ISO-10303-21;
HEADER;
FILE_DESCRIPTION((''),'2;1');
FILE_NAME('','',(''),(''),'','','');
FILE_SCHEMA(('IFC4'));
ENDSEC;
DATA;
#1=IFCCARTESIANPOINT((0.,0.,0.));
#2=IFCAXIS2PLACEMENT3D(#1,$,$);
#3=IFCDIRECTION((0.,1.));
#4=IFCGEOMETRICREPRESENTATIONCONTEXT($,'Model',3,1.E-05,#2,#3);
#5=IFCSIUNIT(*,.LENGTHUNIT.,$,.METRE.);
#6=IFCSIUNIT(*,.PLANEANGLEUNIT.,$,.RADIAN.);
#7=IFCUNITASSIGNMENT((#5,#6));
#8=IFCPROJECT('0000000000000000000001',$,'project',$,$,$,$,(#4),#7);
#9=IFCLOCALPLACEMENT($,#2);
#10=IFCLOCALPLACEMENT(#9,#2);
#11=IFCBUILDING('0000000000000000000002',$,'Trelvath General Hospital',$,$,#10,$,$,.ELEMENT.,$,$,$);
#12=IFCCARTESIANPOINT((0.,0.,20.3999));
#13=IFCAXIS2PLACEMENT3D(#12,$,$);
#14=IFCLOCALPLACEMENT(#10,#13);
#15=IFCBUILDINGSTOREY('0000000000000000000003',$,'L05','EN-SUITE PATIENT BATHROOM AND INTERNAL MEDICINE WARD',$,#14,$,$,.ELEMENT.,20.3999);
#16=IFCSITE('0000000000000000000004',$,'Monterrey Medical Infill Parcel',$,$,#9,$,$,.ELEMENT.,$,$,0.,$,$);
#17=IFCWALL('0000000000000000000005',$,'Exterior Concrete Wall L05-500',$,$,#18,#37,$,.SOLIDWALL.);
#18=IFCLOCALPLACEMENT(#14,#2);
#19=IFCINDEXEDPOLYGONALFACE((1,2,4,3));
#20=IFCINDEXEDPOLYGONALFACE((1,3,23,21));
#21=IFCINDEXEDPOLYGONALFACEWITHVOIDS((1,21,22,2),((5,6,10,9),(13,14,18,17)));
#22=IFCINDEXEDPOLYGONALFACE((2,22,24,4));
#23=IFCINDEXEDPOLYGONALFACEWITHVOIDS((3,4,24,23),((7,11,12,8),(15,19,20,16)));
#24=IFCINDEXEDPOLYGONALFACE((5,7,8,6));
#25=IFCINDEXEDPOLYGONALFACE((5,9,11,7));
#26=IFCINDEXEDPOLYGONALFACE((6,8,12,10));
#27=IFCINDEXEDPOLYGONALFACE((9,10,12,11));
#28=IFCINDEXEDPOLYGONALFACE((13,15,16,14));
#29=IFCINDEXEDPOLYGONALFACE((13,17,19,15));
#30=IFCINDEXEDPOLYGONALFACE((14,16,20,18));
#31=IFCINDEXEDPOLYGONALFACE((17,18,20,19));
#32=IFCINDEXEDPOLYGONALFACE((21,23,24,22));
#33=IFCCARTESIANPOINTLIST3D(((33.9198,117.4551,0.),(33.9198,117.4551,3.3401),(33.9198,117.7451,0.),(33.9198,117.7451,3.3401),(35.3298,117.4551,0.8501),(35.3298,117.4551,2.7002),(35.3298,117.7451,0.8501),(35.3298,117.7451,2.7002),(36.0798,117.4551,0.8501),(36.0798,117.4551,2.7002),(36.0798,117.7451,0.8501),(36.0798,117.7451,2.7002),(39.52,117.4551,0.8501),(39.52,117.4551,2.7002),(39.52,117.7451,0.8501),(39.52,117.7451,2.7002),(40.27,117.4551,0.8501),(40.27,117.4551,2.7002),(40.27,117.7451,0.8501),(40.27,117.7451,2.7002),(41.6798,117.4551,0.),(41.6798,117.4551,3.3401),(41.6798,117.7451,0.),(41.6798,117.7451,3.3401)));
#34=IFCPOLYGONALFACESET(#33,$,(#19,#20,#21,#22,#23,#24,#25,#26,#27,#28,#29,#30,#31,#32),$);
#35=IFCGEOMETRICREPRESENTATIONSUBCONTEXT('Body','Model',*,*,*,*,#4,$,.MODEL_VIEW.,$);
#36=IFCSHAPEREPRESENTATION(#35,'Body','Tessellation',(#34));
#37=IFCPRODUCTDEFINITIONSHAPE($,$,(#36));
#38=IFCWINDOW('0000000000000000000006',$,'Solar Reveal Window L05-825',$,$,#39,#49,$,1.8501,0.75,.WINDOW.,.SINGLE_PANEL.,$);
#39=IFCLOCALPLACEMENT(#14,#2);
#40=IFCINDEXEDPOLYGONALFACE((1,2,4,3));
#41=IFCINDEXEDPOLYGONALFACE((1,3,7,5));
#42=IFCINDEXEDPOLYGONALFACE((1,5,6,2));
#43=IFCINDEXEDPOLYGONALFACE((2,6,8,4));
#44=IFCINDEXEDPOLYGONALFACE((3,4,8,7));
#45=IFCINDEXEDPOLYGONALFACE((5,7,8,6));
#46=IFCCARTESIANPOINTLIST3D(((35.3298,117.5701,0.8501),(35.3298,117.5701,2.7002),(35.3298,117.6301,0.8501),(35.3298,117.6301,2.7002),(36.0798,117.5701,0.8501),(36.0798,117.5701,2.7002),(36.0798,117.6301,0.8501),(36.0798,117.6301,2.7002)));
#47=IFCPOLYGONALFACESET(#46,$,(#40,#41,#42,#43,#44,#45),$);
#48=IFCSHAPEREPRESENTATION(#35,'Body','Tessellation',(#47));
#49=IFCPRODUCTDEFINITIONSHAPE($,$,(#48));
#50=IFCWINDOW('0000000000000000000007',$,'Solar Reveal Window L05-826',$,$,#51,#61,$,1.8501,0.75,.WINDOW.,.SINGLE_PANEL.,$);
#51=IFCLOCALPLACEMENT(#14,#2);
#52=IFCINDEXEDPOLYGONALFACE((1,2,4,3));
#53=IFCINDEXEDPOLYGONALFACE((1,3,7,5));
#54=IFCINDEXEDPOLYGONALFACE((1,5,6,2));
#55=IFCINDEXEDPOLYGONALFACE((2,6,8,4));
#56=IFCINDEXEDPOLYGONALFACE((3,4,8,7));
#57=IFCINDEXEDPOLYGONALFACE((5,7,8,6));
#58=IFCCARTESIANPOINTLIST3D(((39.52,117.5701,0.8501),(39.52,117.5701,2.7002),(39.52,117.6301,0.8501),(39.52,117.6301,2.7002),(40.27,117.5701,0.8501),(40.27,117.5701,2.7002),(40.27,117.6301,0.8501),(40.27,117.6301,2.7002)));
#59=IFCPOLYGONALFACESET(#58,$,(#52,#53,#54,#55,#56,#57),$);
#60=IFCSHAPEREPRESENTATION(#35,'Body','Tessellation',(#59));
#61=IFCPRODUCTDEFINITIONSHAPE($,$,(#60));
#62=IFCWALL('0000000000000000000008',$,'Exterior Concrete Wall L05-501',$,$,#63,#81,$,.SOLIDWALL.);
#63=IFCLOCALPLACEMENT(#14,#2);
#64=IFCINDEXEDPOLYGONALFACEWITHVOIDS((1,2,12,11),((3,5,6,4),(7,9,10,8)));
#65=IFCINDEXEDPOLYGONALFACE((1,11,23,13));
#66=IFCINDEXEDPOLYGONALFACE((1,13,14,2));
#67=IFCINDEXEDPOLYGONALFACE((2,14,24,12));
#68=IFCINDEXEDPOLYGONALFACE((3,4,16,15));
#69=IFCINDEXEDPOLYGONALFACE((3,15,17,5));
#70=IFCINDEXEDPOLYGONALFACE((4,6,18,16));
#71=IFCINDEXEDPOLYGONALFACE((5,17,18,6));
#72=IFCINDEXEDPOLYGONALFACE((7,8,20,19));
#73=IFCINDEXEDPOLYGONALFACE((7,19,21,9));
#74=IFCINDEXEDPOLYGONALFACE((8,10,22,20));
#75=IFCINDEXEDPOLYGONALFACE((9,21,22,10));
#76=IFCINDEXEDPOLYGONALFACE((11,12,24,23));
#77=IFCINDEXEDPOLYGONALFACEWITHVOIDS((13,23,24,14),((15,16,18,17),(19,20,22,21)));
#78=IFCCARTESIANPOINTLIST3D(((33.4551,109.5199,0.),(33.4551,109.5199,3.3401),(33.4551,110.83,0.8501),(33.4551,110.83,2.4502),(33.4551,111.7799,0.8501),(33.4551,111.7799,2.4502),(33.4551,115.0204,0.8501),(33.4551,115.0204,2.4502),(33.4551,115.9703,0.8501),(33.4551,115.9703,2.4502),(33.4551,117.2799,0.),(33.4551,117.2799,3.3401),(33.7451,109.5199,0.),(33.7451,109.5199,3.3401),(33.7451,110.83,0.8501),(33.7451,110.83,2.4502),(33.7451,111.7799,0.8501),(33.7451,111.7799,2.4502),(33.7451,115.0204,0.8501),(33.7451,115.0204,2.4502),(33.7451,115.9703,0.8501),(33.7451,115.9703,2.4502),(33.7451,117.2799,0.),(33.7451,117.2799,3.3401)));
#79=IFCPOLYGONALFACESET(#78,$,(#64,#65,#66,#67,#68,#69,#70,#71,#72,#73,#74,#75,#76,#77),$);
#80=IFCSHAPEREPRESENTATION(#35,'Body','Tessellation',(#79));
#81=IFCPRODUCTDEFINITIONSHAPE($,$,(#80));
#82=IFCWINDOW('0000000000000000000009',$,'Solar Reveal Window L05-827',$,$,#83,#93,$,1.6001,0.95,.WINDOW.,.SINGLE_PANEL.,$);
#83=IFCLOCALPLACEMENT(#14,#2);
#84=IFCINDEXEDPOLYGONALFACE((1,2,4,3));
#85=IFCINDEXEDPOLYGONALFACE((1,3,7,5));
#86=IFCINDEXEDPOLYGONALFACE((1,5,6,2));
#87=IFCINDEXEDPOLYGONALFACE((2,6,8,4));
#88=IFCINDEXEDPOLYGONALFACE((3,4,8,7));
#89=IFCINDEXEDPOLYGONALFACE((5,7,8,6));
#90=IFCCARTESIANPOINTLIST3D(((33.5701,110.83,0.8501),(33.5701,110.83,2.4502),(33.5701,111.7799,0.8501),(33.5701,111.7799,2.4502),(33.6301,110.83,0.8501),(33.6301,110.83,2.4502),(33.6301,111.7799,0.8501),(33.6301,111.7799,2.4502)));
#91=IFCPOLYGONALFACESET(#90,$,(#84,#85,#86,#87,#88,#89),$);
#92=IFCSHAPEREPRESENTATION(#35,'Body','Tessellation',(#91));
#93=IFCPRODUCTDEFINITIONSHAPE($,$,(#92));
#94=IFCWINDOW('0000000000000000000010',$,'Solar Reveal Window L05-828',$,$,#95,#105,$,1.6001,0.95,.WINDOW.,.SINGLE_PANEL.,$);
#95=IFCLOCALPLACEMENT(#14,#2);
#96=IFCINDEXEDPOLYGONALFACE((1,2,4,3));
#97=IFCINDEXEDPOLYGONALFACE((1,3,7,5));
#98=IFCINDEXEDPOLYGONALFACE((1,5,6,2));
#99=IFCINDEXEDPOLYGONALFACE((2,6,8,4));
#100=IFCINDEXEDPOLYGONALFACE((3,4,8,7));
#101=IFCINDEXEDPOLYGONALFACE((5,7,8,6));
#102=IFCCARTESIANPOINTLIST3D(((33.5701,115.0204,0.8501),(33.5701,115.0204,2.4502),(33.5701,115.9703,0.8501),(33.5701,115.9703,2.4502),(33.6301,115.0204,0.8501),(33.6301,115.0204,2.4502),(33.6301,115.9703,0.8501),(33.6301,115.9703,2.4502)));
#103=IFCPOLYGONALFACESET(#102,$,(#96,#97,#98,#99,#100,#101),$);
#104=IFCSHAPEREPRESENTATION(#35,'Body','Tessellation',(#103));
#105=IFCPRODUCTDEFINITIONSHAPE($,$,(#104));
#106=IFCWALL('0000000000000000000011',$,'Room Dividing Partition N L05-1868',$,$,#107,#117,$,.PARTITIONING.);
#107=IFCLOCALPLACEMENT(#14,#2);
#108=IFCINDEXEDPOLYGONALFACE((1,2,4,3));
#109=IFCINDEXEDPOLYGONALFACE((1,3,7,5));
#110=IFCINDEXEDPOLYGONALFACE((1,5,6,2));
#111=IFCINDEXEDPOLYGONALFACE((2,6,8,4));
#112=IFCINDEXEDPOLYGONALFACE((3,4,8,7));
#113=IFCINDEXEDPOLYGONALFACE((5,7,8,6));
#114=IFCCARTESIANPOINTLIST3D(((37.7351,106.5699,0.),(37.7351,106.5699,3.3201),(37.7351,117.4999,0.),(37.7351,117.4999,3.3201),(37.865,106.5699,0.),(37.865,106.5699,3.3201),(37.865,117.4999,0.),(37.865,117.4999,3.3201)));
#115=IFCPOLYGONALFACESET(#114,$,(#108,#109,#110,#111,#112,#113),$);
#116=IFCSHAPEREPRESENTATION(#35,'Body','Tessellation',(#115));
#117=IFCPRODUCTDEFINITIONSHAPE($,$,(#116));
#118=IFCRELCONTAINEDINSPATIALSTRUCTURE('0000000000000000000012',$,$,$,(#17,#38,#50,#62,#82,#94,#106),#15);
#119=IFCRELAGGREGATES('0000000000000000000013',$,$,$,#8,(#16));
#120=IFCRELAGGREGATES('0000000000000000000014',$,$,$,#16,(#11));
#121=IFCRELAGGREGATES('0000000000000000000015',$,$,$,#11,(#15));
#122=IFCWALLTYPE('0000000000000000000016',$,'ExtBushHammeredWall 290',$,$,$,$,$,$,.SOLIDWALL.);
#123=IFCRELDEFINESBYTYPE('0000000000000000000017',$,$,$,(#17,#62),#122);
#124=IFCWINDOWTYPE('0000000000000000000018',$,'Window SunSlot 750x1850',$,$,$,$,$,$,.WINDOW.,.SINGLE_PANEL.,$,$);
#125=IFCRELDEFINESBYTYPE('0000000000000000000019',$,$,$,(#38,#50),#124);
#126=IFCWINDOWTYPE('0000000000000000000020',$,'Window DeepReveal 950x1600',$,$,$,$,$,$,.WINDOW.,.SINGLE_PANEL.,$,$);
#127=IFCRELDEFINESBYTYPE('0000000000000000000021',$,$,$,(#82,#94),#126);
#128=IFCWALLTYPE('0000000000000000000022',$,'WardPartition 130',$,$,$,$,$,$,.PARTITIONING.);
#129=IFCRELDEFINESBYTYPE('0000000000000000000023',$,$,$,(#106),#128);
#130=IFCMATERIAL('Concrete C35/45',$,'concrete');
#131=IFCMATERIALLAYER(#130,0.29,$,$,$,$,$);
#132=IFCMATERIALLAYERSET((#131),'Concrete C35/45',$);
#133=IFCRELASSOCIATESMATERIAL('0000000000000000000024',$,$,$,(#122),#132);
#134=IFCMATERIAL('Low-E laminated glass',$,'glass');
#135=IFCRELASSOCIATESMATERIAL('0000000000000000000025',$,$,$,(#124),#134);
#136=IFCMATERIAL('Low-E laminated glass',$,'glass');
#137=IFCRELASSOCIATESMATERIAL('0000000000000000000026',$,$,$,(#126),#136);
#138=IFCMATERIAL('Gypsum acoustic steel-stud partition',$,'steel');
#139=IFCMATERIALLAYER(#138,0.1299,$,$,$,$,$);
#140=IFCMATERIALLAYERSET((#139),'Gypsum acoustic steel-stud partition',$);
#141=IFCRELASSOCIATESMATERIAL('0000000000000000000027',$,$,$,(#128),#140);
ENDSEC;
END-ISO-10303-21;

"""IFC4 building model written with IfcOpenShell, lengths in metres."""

from ifc_helpers import new_model, si_unit, direction, frame, frame_2d, origin, place, context, subcontext, project, spatial, rectangle, extrude, material, layer, layer_set, type_object, element, fill, save


model = new_model("IFC4")

# Units and contexts
model_context = context("Model", 3, precision=1e-05, world=origin(), true_north=direction((0.0, 1.0)))
body_context = subcontext(model_context, "Body", "Model", "MODEL_VIEW")
ifc_project = project(units=[si_unit("LENGTHUNIT", "METRE"), si_unit("PLANEANGLEUNIT", "RADIAN")], contexts=[model_context])

# Site, building, storey
site_placement = place(None, origin())
site = spatial("IfcSite", under=ifc_project, at=site_placement, Name="Monterrey Medical Infill Parcel", CompositionType="ELEMENT", RefElevation=0.0)
building_placement = place(site_placement, origin())
building = spatial("IfcBuilding", under=site, at=building_placement, Name="Trelvath General Hospital", CompositionType="ELEMENT")
storey_placement = place(building_placement, frame((0.0, 0.0, 20.3999)))
storey = spatial("IfcBuildingStorey", under=building, at=storey_placement, Name="L05", Description="EN-SUITE PATIENT BATHROOM AND INTERNAL MEDICINE WARD", CompositionType="ELEMENT", Elevation=20.3999)

# Walls, openings, windows
ifc_material_1 = material(Name="Concrete C35/45", Category="concrete")
ifc_layer_1 = layer(ifc_material_1, 0.29)
ifc_layer_set_1 = layer_set([ifc_layer_1], Name="Concrete C35/45")
wall_type_1 = type_object("IfcWallType", Name="ExtBushHammeredWall 290", PredefinedType="SOLIDWALL", material=ifc_layer_set_1)
wall_1_placement = place(storey_placement, frame((33.9199, 117.6001, 0.0), z_axis=(0.0, 0.0, 1.0), x_axis=(1.0, 0.0, 0.0)))
wall_1 = element("IfcWall", 1, at=wall_1_placement, inside=storey, type_object=wall_type_1, Name="Exterior Concrete Wall L05-500", PredefinedType="SOLIDWALL", context=body_context, shape_type="SweptSolid", body=[
    extrude(rectangle(XDim=7.76, YDim=0.29, at=frame_2d((3.8799, 0.0))), origin(), (0.0, 0.0, 1.0), 3.3401),
])
opening_1_placement = place(wall_1_placement, frame((1.4099, 0.0, 0.8501)))
opening_1 = element("IfcOpeningElement", 2, at=opening_1_placement, cuts=wall_1, PredefinedType="OPENING", context=body_context, shape_type="SweptSolid", body=[
    extrude(rectangle(XDim=0.75, YDim=1.8501, at=frame_2d((0.375, 0.925))), frame((0.0, 0.155, 0.0), z_axis=(0.0, -1.0, 0.0), x_axis=(1.0, 0.0, 0.0)), (0.0, 0.0, 1.0), 0.3101),
])
opening_2_placement = place(wall_1_placement, frame((5.6001, 0.0, 0.8501)))
opening_2 = element("IfcOpeningElement", 3, at=opening_2_placement, cuts=wall_1, PredefinedType="OPENING", context=body_context, shape_type="SweptSolid", body=[
    extrude(rectangle(XDim=0.75, YDim=1.8501, at=frame_2d((0.375, 0.925))), frame((0.0, 0.155, 0.0), z_axis=(0.0, -1.0, 0.0), x_axis=(1.0, 0.0, 0.0)), (0.0, 0.0, 1.0), 0.3101),
])
ifc_material_2 = material(Name="Low-E laminated glass", Category="glass")
window_type_1 = type_object("IfcWindowType", Name="Window SunSlot 750x1850", PartitioningType="SINGLE_PANEL", PredefinedType="WINDOW", material=ifc_material_2)
window_1_placement = place(opening_1_placement, origin())
window_1 = element("IfcWindow", 4, at=window_1_placement, inside=storey, type_object=window_type_1, Name="Solar Reveal Window L05-825", OverallHeight=1.8501, OverallWidth=0.75, PartitioningType="SINGLE_PANEL", PredefinedType="WINDOW", context=body_context, shape_type="SweptSolid", body=[
    extrude(rectangle(XDim=0.75, YDim=1.8501, at=frame_2d((0.375, 0.925))), frame((0.0, 0.03, 0.0), z_axis=(0.0, -1.0, 0.0), x_axis=(1.0, 0.0, 0.0)), (0.0, 0.0, 1.0), 0.0601),
])
fill(opening_1, window_1)
window_2_placement = place(opening_2_placement, origin())
window_2 = element("IfcWindow", 5, at=window_2_placement, inside=storey, type_object=window_type_1, Name="Solar Reveal Window L05-826", OverallHeight=1.8501, OverallWidth=0.75, PartitioningType="SINGLE_PANEL", PredefinedType="WINDOW", context=body_context, shape_type="SweptSolid", body=[
    extrude(rectangle(XDim=0.75, YDim=1.8501, at=frame_2d((0.375, 0.925))), frame((0.0, 0.03, 0.0), z_axis=(0.0, -1.0, 0.0), x_axis=(1.0, 0.0, 0.0)), (0.0, 0.0, 1.0), 0.0601),
])
fill(opening_2, window_2)
wall_2_placement = place(storey_placement, frame((33.6001, 109.52, 0.0), z_axis=(0.0, 0.0, 1.0), x_axis=(0.0, 1.0, 0.0)))
wall_2 = element("IfcWall", 6, at=wall_2_placement, inside=storey, type_object=wall_type_1, Name="Exterior Concrete Wall L05-501", PredefinedType="SOLIDWALL", context=body_context, shape_type="SweptSolid", body=[
    extrude(rectangle(XDim=7.76, YDim=0.29, at=frame_2d((3.8799, 0.0))), origin(), (0.0, 0.0, 1.0), 3.3401),
])
opening_3_placement = place(wall_2_placement, frame((1.3098, 0.0, 0.8501)))
opening_3 = element("IfcOpeningElement", 7, at=opening_3_placement, cuts=wall_2, PredefinedType="OPENING", context=body_context, shape_type="SweptSolid", body=[
    extrude(rectangle(XDim=0.95, YDim=1.6001, at=frame_2d((0.4751, 0.8))), frame((0.0, 0.155, 0.0), z_axis=(0.0, -1.0, 0.0), x_axis=(1.0, 0.0, 0.0)), (0.0, 0.0, 1.0), 0.3101),
])
opening_4_placement = place(wall_2_placement, frame((5.5002, 0.0, 0.8501)))
opening_4 = element("IfcOpeningElement", 8, at=opening_4_placement, cuts=wall_2, PredefinedType="OPENING", context=body_context, shape_type="SweptSolid", body=[
    extrude(rectangle(XDim=0.95, YDim=1.6001, at=frame_2d((0.4751, 0.8))), frame((0.0, 0.155, 0.0), z_axis=(0.0, -1.0, 0.0), x_axis=(1.0, 0.0, 0.0)), (0.0, 0.0, 1.0), 0.3101),
])
ifc_material_3 = material(Name="Low-E laminated glass", Category="glass")
window_type_2 = type_object("IfcWindowType", Name="Window DeepReveal 950x1600", PartitioningType="SINGLE_PANEL", PredefinedType="WINDOW", material=ifc_material_3)
window_3_placement = place(opening_3_placement, origin())
window_3 = element("IfcWindow", 9, at=window_3_placement, inside=storey, type_object=window_type_2, Name="Solar Reveal Window L05-827", OverallHeight=1.6001, OverallWidth=0.95, PartitioningType="SINGLE_PANEL", PredefinedType="WINDOW", context=body_context, shape_type="SweptSolid", body=[
    extrude(rectangle(XDim=0.95, YDim=1.6001, at=frame_2d((0.4751, 0.8))), frame((0.0, 0.03, 0.0), z_axis=(0.0, -1.0, 0.0), x_axis=(1.0, 0.0, 0.0)), (0.0, 0.0, 1.0), 0.0601),
])
fill(opening_3, window_3)
window_4_placement = place(opening_4_placement, origin())
window_4 = element("IfcWindow", 10, at=window_4_placement, inside=storey, type_object=window_type_2, Name="Solar Reveal Window L05-828", OverallHeight=1.6001, OverallWidth=0.95, PartitioningType="SINGLE_PANEL", PredefinedType="WINDOW", context=body_context, shape_type="SweptSolid", body=[
    extrude(rectangle(XDim=0.95, YDim=1.6001, at=frame_2d((0.4751, 0.8))), frame((0.0, 0.03, 0.0), z_axis=(0.0, -1.0, 0.0), x_axis=(1.0, 0.0, 0.0)), (0.0, 0.0, 1.0), 0.0601),
])
fill(opening_4, window_4)

# Wall
ifc_material_4 = material(Name="Gypsum acoustic steel-stud partition", Category="steel")
ifc_layer_2 = layer(ifc_material_4, 0.1299)
ifc_layer_set_2 = layer_set([ifc_layer_2], Name="Gypsum acoustic steel-stud partition")
wall_type_2 = type_object("IfcWallType", Name="WardPartition 130", PredefinedType="PARTITIONING", material=ifc_layer_set_2)
wall_3_placement = place(storey_placement, frame((37.8, 106.5701, 0.0), z_axis=(0.0, 0.0, 1.0), x_axis=(0.0, 1.0, 0.0)))
element("IfcWall", 11, at=wall_3_placement, inside=storey, type_object=wall_type_2, Name="Room Dividing Partition N L05-1868", PredefinedType="PARTITIONING", context=body_context, shape_type="SweptSolid", body=[
    extrude(rectangle(XDim=10.9299, YDim=0.1299, at=frame_2d((5.4648, 0.0))), origin(), (0.0, 0.0, 1.0), 3.3201),
])

save(model, "model.ifc")
